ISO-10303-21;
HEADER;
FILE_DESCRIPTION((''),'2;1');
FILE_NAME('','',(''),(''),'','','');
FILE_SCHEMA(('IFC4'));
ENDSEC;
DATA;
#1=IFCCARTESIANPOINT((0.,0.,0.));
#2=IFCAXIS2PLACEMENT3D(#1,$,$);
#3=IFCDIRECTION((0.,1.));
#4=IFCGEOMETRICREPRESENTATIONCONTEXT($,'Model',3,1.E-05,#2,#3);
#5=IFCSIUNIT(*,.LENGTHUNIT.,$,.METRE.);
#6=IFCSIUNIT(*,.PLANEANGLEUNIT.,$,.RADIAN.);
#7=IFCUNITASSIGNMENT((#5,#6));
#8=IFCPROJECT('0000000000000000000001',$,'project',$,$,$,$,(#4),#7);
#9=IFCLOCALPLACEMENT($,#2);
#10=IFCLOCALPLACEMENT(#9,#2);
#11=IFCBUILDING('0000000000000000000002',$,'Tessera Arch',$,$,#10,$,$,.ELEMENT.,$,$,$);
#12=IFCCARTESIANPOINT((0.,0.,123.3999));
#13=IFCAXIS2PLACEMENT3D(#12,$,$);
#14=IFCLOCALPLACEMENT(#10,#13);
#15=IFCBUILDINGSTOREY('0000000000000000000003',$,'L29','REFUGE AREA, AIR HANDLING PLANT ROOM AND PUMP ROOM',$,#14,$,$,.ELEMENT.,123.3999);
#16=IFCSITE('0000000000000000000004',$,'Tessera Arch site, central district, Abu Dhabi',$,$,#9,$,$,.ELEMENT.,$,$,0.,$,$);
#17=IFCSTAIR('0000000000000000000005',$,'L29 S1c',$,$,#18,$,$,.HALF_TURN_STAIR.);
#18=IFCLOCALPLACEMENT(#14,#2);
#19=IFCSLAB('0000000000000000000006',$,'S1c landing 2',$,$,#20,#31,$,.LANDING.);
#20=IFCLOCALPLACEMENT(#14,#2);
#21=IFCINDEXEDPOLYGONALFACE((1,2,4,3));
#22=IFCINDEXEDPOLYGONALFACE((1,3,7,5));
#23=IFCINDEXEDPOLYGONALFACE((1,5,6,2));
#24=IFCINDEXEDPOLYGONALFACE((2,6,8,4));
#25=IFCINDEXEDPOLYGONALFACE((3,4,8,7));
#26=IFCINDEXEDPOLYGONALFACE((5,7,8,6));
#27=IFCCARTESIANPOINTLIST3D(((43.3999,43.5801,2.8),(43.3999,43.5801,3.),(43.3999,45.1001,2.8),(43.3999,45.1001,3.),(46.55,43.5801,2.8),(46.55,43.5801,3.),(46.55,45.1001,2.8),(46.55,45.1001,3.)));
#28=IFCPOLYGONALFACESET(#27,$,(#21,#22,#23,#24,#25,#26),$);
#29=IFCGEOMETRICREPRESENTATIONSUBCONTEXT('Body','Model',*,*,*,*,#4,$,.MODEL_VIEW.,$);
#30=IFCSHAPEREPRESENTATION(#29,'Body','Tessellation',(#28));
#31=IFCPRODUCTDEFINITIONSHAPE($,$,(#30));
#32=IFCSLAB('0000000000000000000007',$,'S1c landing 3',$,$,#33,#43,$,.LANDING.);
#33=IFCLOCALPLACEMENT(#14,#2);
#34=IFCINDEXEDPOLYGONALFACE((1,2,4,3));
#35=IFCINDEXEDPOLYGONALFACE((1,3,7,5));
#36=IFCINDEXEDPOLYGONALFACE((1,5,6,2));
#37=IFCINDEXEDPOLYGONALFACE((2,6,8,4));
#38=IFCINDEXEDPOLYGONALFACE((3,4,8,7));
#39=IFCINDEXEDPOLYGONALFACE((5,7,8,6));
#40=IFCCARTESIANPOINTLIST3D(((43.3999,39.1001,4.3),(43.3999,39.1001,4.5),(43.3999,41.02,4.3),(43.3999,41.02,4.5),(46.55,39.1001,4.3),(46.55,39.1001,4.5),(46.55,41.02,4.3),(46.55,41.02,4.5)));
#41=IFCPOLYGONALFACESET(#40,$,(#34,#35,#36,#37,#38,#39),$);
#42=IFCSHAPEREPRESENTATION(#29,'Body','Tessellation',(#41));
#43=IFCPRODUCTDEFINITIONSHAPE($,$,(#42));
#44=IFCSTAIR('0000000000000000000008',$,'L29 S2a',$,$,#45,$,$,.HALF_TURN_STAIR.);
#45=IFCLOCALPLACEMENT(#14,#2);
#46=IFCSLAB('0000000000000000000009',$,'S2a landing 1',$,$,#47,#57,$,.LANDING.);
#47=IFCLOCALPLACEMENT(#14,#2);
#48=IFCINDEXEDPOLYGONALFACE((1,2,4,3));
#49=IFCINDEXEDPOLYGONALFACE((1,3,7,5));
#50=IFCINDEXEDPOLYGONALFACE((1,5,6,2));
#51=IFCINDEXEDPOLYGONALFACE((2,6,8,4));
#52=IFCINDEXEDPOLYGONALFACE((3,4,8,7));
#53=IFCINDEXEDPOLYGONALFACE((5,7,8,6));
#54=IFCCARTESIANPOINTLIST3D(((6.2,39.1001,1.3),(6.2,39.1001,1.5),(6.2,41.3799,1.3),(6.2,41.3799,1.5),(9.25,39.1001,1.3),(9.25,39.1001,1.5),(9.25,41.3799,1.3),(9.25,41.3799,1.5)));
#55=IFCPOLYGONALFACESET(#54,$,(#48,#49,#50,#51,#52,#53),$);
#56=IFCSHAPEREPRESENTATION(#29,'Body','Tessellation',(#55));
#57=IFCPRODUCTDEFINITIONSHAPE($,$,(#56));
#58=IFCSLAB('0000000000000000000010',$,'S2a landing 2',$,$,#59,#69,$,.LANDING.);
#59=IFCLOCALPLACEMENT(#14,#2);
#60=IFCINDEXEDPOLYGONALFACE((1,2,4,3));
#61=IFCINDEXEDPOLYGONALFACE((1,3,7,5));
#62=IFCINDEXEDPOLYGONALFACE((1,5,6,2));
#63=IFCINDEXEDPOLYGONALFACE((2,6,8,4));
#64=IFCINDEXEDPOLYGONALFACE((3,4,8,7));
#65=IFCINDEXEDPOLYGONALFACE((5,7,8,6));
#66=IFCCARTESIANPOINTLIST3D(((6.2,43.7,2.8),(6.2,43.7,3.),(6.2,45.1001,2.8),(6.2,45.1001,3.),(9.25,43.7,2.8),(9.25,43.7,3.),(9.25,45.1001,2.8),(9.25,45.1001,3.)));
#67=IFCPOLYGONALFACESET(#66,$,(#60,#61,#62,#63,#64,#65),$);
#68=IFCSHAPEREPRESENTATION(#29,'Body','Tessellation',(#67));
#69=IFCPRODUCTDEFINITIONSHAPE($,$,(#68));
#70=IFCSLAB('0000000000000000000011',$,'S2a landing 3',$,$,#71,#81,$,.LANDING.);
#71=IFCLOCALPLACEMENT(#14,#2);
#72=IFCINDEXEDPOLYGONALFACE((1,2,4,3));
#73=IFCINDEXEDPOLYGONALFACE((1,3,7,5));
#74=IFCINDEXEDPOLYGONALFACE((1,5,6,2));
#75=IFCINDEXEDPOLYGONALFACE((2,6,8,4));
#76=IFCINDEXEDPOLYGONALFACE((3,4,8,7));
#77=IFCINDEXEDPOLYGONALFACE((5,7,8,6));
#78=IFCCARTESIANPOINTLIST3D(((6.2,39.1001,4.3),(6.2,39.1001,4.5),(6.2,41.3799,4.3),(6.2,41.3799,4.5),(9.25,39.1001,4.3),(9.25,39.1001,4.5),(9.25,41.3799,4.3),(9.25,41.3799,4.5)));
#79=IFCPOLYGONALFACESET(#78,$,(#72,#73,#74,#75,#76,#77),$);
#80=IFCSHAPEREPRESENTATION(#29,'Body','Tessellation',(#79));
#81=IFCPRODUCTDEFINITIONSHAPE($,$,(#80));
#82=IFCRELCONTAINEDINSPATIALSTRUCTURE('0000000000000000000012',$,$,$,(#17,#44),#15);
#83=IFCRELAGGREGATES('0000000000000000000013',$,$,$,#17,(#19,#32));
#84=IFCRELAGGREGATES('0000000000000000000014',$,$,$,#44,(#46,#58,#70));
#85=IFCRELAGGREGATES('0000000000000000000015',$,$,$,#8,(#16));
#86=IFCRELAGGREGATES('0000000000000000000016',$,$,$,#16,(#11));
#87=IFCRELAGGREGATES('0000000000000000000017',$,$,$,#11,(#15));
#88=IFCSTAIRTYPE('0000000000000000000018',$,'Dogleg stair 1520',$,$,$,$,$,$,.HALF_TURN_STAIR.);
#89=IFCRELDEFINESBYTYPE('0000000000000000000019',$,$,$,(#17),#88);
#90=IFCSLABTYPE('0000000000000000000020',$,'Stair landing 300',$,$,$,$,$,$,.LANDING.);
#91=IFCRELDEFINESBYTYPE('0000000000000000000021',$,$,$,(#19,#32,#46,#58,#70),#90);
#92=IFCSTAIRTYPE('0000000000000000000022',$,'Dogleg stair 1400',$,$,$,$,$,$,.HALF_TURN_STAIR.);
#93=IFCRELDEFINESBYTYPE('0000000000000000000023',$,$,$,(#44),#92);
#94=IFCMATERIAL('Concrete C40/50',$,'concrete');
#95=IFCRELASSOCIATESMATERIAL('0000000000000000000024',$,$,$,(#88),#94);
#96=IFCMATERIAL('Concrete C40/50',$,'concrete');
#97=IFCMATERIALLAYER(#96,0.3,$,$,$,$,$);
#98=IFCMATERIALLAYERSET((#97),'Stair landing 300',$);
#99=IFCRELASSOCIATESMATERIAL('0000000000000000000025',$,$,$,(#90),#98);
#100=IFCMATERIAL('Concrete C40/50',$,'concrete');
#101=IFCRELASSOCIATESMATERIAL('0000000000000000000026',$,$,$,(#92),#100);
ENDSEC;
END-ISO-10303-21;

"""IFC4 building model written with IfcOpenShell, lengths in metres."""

from ifc_helpers import new_model, si_unit, direction, frame, origin, place, context, subcontext, project, spatial, polyline, outline, extrude, material, layer, layer_set, type_object, element, aggregate, save


model = new_model("IFC4")

# Units and contexts
model_context = context("Model", 3, precision=1e-05, world=origin(), true_north=direction((0.0, 1.0)))
body_context = subcontext(model_context, "Body", "Model", "MODEL_VIEW")
ifc_project = project(units=[si_unit("LENGTHUNIT", "METRE"), si_unit("PLANEANGLEUNIT", "RADIAN")], contexts=[model_context])

# Site, building, storey
site_placement = place(None, origin())
site = spatial("IfcSite", under=ifc_project, at=site_placement, Name="Tessera Arch site, central district, Abu Dhabi", CompositionType="ELEMENT", RefElevation=0.0)
building_placement = place(site_placement, origin())
building = spatial("IfcBuilding", under=site, at=building_placement, Name="Tessera Arch", CompositionType="ELEMENT")
storey_placement = place(building_placement, frame((0.0, 0.0, 123.3999)))
storey = spatial("IfcBuildingStorey", under=building, at=storey_placement, Name="L29", Description="REFUGE AREA, AIR HANDLING PLANT ROOM AND PUMP ROOM", CompositionType="ELEMENT", Elevation=123.3999)

# Stairs, slabs
ifc_material_1 = material(Name="Concrete C40/50", Category="concrete")
stair_type_1 = type_object("IfcStairType", Name="Dogleg stair 1520", PredefinedType="HALF_TURN_STAIR", material=ifc_material_1)
ifc_material_2 = material(Name="Concrete C40/50", Category="concrete")
ifc_layer_1 = layer(ifc_material_2, 0.3)
ifc_layer_set_1 = layer_set([ifc_layer_1], Name="Stair landing 300")
slab_type = type_object("IfcSlabType", Name="Stair landing 300", PredefinedType="LANDING", material=ifc_layer_set_1)
stair_1_placement = place(storey_placement, origin())
stair_1 = element("IfcStair", 1, at=stair_1_placement, inside=storey, type_object=stair_type_1, Name="L29 S1c", PredefinedType="HALF_TURN_STAIR")
slab_1_placement = place(storey_placement, frame((0.0, 0.0, 2.8)))
slab_1 = element("IfcSlab", 2, at=slab_1_placement, type_object=slab_type, Name="S1c landing 2", PredefinedType="LANDING", context=body_context, shape_type="SweptSolid", body=[
    extrude(outline(polyline([(43.3999, 45.1001), (43.3999, 43.5801), (46.55, 43.5801), (46.55, 45.1001), (43.3999, 45.1001)])), origin(), (0.0, 0.0, 1.0), 0.2),
])
slab_2_placement = place(storey_placement, frame((0.0, 0.0, 4.3)))
slab_2 = element("IfcSlab", 3, at=slab_2_placement, type_object=slab_type, Name="S1c landing 3", PredefinedType="LANDING", context=body_context, shape_type="SweptSolid", body=[
    extrude(outline(polyline([(43.3999, 41.02), (43.3999, 39.1001), (46.55, 39.1001), (46.55, 41.02), (43.3999, 41.02)])), origin(), (0.0, 0.0, 1.0), 0.2),
])
aggregate(stair_1, [slab_1, slab_2])
ifc_material_3 = material(Name="Concrete C40/50", Category="concrete")
stair_type_2 = type_object("IfcStairType", Name="Dogleg stair 1400", PredefinedType="HALF_TURN_STAIR", material=ifc_material_3)
stair_2_placement = place(storey_placement, origin())
stair_2 = element("IfcStair", 4, at=stair_2_placement, inside=storey, type_object=stair_type_2, Name="L29 S2a", PredefinedType="HALF_TURN_STAIR")
slab_3_placement = place(storey_placement, frame((0.0, 0.0, 1.3)))
slab_3 = element("IfcSlab", 5, at=slab_3_placement, type_object=slab_type, Name="S2a landing 1", PredefinedType="LANDING", context=body_context, shape_type="SweptSolid", body=[
    extrude(outline(polyline([(6.2, 41.3799), (6.2, 39.1001), (9.25, 39.1001), (9.25, 41.3799), (6.2, 41.3799)])), origin(), (0.0, 0.0, 1.0), 0.2),
])
slab_4_placement = place(storey_placement, frame((0.0, 0.0, 2.8)))
slab_4 = element("IfcSlab", 6, at=slab_4_placement, type_object=slab_type, Name="S2a landing 2", PredefinedType="LANDING", context=body_context, shape_type="SweptSolid", body=[
    extrude(outline(polyline([(6.2, 45.1001), (6.2, 43.7), (9.25, 43.7), (9.25, 45.1001), (6.2, 45.1001)])), origin(), (0.0, 0.0, 1.0), 0.2),
])
slab_5_placement = place(storey_placement, frame((0.0, 0.0, 4.3)))
slab_5 = element("IfcSlab", 7, at=slab_5_placement, type_object=slab_type, Name="S2a landing 3", PredefinedType="LANDING", context=body_context, shape_type="SweptSolid", body=[
    extrude(outline(polyline([(6.2, 41.3799), (6.2, 39.1001), (9.25, 39.1001), (9.25, 41.3799), (6.2, 41.3799)])), origin(), (0.0, 0.0, 1.0), 0.2),
])
aggregate(stair_2, [slab_3, slab_4, slab_5])

save(model, "model.ifc")
